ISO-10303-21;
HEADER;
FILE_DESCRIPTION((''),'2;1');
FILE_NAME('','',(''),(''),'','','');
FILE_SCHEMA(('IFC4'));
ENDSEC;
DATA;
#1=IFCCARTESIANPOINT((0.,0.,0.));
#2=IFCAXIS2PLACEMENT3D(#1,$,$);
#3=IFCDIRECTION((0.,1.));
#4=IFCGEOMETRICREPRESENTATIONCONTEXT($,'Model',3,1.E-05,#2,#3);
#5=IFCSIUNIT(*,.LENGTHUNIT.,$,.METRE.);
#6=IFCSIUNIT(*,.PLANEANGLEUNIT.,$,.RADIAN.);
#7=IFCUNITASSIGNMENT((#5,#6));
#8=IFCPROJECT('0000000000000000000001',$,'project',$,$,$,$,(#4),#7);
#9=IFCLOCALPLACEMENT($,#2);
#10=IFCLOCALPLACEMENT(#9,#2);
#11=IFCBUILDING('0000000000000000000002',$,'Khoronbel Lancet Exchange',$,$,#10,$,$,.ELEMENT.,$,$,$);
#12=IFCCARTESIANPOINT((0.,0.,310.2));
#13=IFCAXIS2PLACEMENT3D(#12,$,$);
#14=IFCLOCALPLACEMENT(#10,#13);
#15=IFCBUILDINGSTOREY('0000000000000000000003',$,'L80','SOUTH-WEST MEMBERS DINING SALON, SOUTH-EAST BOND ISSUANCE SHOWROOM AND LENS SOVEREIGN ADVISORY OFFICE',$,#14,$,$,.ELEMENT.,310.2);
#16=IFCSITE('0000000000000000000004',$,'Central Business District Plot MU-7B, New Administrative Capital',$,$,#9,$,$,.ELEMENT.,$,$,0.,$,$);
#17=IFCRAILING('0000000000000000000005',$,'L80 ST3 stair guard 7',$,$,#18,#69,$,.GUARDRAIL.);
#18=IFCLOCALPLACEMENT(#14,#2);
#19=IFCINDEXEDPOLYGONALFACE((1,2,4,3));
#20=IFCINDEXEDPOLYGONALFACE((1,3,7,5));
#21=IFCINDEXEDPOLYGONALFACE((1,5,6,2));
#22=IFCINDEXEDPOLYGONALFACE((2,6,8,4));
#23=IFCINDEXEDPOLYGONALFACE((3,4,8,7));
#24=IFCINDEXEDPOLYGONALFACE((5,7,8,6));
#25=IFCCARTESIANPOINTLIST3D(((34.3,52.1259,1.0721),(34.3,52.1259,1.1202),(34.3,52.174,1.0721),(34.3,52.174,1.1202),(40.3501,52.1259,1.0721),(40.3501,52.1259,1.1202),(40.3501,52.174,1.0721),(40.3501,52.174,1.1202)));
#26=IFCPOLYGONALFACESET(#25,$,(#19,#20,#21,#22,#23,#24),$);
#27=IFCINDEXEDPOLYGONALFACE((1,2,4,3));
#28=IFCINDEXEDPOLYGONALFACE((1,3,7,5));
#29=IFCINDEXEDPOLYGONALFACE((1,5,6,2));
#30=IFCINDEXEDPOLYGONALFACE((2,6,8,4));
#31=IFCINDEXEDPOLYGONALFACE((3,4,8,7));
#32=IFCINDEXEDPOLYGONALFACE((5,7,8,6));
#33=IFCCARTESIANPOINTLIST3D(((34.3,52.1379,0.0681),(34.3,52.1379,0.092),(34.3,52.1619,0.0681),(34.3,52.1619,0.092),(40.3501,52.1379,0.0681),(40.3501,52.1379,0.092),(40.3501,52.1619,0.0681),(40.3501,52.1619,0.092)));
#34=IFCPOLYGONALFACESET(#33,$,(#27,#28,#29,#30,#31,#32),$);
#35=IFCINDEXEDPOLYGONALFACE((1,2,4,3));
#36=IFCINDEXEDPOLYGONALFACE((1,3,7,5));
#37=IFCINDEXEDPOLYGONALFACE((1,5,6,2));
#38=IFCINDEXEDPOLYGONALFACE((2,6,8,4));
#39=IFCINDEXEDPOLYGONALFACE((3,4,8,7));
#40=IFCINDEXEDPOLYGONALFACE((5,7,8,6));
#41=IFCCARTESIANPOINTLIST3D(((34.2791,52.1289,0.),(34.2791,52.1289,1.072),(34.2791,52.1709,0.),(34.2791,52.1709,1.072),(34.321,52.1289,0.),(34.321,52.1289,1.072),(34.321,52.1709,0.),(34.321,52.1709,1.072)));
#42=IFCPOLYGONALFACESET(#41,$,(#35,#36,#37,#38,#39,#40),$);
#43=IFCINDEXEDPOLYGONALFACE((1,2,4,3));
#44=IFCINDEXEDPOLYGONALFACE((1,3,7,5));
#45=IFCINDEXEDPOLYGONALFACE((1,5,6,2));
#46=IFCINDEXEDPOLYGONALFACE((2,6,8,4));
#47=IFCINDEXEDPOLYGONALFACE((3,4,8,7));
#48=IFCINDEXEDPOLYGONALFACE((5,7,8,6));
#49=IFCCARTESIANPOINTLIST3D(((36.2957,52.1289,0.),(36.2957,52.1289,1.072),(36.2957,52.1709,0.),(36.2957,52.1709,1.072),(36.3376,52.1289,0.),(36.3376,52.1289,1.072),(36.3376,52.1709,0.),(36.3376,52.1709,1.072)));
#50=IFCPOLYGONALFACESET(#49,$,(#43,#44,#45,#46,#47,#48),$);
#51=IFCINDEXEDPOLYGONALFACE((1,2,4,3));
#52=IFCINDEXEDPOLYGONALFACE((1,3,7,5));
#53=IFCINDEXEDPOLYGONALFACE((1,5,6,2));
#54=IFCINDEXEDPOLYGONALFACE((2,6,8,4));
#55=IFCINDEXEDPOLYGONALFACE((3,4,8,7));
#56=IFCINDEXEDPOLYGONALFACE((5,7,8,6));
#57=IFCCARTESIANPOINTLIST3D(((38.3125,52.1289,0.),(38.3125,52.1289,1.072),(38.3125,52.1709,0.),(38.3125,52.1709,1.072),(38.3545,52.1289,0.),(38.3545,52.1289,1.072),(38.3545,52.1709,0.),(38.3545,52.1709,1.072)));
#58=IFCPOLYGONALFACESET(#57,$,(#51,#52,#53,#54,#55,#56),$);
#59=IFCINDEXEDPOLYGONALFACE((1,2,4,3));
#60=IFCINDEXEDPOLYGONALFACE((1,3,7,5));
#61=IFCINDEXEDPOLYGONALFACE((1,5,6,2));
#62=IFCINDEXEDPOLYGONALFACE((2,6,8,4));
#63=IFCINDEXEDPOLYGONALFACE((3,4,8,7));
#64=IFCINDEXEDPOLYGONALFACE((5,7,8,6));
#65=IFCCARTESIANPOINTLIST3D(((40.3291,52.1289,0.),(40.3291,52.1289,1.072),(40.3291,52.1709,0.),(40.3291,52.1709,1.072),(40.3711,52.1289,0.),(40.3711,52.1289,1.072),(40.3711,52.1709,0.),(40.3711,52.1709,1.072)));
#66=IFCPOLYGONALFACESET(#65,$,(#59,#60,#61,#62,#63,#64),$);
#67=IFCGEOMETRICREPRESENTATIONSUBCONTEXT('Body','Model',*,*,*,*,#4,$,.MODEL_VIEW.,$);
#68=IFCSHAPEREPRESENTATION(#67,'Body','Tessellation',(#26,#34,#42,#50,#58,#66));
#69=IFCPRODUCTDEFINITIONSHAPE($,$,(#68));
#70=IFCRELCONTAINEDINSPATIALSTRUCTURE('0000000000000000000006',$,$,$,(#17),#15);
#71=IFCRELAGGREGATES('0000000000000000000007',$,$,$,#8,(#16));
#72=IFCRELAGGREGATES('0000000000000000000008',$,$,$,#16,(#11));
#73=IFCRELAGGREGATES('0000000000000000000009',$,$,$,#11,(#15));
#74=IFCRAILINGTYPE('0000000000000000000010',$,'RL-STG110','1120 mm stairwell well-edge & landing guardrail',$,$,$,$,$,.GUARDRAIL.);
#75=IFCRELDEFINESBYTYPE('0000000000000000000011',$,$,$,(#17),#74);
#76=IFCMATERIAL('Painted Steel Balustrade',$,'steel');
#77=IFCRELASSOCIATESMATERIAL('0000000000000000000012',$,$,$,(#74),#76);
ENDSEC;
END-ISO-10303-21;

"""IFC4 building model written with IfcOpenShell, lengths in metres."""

from ifc_helpers import new_model, si_unit, direction, frame, origin, origin_2d, place, context, subcontext, project, spatial, rectangle, extrude, material, type_object, element, save


model = new_model("IFC4")

# Units and contexts
model_context = context("Model", 3, precision=1e-05, world=origin(), true_north=direction((0.0, 1.0)))
body_context = subcontext(model_context, "Body", "Model", "MODEL_VIEW")
ifc_project = project(units=[si_unit("LENGTHUNIT", "METRE"), si_unit("PLANEANGLEUNIT", "RADIAN")], contexts=[model_context])

# Site, building, storey
site_placement = place(None, origin())
site = spatial("IfcSite", under=ifc_project, at=site_placement, Name="Central Business District Plot MU-7B, New Administrative Capital", CompositionType="ELEMENT", RefElevation=0.0)
building_placement = place(site_placement, origin())
building = spatial("IfcBuilding", under=site, at=building_placement, Name="Khoronbel Lancet Exchange", CompositionType="ELEMENT")
storey_placement = place(building_placement, frame((0.0, 0.0, 310.2)))
storey = spatial("IfcBuildingStorey", under=building, at=storey_placement, Name="L80", Description="SOUTH-WEST MEMBERS DINING SALON, SOUTH-EAST BOND ISSUANCE SHOWROOM AND LENS SOVEREIGN ADVISORY OFFICE", CompositionType="ELEMENT", Elevation=310.2)

# Railing
ifc_material_1 = material(Name="Painted Steel Balustrade", Category="steel")
railing_type = type_object("IfcRailingType", Name="RL-STG110", Description="1120 mm stairwell well-edge & landing guardrail", PredefinedType="GUARDRAIL", material=ifc_material_1)
railing_1_placement = place(storey_placement, frame((34.3, 52.1499, 0.0)))
element("IfcRailing", 1, at=railing_1_placement, inside=storey, type_object=railing_type, Name="L80 ST3 stair guard 7", PredefinedType="GUARDRAIL", context=body_context, shape_type="SweptSolid", body=[
    extrude(rectangle(XDim=0.0481, YDim=0.0481, at=origin_2d()), frame((0.0, 0.0, 1.0962), z_axis=(1.0, 0.0, 0.0), x_axis=(0.0, 1.0, 0.0)), (0.0, 0.0, 1.0), 6.05),
    extrude(rectangle(XDim=0.0239, YDim=0.0239, at=origin_2d()), frame((0.0, 0.0, 0.0801), z_axis=(1.0, 0.0, 0.0), x_axis=(0.0, 1.0, 0.0)), (0.0, 0.0, 1.0), 6.05),
    extrude(rectangle(XDim=0.042, YDim=0.042, at=origin_2d()), origin(), (0.0, 0.0, 1.0), 1.072),
    extrude(rectangle(XDim=0.042, YDim=0.042, at=origin_2d()), frame((2.0166, 0.0, 0.0)), (0.0, 0.0, 1.0), 1.072),
    extrude(rectangle(XDim=0.042, YDim=0.042, at=origin_2d()), frame((4.0334, 0.0, 0.0)), (0.0, 0.0, 1.0), 1.072),
    extrude(rectangle(XDim=0.042, YDim=0.042, at=origin_2d()), frame((6.05, 0.0, 0.0)), (0.0, 0.0, 1.0), 1.072),
])

save(model, "model.ifc")
